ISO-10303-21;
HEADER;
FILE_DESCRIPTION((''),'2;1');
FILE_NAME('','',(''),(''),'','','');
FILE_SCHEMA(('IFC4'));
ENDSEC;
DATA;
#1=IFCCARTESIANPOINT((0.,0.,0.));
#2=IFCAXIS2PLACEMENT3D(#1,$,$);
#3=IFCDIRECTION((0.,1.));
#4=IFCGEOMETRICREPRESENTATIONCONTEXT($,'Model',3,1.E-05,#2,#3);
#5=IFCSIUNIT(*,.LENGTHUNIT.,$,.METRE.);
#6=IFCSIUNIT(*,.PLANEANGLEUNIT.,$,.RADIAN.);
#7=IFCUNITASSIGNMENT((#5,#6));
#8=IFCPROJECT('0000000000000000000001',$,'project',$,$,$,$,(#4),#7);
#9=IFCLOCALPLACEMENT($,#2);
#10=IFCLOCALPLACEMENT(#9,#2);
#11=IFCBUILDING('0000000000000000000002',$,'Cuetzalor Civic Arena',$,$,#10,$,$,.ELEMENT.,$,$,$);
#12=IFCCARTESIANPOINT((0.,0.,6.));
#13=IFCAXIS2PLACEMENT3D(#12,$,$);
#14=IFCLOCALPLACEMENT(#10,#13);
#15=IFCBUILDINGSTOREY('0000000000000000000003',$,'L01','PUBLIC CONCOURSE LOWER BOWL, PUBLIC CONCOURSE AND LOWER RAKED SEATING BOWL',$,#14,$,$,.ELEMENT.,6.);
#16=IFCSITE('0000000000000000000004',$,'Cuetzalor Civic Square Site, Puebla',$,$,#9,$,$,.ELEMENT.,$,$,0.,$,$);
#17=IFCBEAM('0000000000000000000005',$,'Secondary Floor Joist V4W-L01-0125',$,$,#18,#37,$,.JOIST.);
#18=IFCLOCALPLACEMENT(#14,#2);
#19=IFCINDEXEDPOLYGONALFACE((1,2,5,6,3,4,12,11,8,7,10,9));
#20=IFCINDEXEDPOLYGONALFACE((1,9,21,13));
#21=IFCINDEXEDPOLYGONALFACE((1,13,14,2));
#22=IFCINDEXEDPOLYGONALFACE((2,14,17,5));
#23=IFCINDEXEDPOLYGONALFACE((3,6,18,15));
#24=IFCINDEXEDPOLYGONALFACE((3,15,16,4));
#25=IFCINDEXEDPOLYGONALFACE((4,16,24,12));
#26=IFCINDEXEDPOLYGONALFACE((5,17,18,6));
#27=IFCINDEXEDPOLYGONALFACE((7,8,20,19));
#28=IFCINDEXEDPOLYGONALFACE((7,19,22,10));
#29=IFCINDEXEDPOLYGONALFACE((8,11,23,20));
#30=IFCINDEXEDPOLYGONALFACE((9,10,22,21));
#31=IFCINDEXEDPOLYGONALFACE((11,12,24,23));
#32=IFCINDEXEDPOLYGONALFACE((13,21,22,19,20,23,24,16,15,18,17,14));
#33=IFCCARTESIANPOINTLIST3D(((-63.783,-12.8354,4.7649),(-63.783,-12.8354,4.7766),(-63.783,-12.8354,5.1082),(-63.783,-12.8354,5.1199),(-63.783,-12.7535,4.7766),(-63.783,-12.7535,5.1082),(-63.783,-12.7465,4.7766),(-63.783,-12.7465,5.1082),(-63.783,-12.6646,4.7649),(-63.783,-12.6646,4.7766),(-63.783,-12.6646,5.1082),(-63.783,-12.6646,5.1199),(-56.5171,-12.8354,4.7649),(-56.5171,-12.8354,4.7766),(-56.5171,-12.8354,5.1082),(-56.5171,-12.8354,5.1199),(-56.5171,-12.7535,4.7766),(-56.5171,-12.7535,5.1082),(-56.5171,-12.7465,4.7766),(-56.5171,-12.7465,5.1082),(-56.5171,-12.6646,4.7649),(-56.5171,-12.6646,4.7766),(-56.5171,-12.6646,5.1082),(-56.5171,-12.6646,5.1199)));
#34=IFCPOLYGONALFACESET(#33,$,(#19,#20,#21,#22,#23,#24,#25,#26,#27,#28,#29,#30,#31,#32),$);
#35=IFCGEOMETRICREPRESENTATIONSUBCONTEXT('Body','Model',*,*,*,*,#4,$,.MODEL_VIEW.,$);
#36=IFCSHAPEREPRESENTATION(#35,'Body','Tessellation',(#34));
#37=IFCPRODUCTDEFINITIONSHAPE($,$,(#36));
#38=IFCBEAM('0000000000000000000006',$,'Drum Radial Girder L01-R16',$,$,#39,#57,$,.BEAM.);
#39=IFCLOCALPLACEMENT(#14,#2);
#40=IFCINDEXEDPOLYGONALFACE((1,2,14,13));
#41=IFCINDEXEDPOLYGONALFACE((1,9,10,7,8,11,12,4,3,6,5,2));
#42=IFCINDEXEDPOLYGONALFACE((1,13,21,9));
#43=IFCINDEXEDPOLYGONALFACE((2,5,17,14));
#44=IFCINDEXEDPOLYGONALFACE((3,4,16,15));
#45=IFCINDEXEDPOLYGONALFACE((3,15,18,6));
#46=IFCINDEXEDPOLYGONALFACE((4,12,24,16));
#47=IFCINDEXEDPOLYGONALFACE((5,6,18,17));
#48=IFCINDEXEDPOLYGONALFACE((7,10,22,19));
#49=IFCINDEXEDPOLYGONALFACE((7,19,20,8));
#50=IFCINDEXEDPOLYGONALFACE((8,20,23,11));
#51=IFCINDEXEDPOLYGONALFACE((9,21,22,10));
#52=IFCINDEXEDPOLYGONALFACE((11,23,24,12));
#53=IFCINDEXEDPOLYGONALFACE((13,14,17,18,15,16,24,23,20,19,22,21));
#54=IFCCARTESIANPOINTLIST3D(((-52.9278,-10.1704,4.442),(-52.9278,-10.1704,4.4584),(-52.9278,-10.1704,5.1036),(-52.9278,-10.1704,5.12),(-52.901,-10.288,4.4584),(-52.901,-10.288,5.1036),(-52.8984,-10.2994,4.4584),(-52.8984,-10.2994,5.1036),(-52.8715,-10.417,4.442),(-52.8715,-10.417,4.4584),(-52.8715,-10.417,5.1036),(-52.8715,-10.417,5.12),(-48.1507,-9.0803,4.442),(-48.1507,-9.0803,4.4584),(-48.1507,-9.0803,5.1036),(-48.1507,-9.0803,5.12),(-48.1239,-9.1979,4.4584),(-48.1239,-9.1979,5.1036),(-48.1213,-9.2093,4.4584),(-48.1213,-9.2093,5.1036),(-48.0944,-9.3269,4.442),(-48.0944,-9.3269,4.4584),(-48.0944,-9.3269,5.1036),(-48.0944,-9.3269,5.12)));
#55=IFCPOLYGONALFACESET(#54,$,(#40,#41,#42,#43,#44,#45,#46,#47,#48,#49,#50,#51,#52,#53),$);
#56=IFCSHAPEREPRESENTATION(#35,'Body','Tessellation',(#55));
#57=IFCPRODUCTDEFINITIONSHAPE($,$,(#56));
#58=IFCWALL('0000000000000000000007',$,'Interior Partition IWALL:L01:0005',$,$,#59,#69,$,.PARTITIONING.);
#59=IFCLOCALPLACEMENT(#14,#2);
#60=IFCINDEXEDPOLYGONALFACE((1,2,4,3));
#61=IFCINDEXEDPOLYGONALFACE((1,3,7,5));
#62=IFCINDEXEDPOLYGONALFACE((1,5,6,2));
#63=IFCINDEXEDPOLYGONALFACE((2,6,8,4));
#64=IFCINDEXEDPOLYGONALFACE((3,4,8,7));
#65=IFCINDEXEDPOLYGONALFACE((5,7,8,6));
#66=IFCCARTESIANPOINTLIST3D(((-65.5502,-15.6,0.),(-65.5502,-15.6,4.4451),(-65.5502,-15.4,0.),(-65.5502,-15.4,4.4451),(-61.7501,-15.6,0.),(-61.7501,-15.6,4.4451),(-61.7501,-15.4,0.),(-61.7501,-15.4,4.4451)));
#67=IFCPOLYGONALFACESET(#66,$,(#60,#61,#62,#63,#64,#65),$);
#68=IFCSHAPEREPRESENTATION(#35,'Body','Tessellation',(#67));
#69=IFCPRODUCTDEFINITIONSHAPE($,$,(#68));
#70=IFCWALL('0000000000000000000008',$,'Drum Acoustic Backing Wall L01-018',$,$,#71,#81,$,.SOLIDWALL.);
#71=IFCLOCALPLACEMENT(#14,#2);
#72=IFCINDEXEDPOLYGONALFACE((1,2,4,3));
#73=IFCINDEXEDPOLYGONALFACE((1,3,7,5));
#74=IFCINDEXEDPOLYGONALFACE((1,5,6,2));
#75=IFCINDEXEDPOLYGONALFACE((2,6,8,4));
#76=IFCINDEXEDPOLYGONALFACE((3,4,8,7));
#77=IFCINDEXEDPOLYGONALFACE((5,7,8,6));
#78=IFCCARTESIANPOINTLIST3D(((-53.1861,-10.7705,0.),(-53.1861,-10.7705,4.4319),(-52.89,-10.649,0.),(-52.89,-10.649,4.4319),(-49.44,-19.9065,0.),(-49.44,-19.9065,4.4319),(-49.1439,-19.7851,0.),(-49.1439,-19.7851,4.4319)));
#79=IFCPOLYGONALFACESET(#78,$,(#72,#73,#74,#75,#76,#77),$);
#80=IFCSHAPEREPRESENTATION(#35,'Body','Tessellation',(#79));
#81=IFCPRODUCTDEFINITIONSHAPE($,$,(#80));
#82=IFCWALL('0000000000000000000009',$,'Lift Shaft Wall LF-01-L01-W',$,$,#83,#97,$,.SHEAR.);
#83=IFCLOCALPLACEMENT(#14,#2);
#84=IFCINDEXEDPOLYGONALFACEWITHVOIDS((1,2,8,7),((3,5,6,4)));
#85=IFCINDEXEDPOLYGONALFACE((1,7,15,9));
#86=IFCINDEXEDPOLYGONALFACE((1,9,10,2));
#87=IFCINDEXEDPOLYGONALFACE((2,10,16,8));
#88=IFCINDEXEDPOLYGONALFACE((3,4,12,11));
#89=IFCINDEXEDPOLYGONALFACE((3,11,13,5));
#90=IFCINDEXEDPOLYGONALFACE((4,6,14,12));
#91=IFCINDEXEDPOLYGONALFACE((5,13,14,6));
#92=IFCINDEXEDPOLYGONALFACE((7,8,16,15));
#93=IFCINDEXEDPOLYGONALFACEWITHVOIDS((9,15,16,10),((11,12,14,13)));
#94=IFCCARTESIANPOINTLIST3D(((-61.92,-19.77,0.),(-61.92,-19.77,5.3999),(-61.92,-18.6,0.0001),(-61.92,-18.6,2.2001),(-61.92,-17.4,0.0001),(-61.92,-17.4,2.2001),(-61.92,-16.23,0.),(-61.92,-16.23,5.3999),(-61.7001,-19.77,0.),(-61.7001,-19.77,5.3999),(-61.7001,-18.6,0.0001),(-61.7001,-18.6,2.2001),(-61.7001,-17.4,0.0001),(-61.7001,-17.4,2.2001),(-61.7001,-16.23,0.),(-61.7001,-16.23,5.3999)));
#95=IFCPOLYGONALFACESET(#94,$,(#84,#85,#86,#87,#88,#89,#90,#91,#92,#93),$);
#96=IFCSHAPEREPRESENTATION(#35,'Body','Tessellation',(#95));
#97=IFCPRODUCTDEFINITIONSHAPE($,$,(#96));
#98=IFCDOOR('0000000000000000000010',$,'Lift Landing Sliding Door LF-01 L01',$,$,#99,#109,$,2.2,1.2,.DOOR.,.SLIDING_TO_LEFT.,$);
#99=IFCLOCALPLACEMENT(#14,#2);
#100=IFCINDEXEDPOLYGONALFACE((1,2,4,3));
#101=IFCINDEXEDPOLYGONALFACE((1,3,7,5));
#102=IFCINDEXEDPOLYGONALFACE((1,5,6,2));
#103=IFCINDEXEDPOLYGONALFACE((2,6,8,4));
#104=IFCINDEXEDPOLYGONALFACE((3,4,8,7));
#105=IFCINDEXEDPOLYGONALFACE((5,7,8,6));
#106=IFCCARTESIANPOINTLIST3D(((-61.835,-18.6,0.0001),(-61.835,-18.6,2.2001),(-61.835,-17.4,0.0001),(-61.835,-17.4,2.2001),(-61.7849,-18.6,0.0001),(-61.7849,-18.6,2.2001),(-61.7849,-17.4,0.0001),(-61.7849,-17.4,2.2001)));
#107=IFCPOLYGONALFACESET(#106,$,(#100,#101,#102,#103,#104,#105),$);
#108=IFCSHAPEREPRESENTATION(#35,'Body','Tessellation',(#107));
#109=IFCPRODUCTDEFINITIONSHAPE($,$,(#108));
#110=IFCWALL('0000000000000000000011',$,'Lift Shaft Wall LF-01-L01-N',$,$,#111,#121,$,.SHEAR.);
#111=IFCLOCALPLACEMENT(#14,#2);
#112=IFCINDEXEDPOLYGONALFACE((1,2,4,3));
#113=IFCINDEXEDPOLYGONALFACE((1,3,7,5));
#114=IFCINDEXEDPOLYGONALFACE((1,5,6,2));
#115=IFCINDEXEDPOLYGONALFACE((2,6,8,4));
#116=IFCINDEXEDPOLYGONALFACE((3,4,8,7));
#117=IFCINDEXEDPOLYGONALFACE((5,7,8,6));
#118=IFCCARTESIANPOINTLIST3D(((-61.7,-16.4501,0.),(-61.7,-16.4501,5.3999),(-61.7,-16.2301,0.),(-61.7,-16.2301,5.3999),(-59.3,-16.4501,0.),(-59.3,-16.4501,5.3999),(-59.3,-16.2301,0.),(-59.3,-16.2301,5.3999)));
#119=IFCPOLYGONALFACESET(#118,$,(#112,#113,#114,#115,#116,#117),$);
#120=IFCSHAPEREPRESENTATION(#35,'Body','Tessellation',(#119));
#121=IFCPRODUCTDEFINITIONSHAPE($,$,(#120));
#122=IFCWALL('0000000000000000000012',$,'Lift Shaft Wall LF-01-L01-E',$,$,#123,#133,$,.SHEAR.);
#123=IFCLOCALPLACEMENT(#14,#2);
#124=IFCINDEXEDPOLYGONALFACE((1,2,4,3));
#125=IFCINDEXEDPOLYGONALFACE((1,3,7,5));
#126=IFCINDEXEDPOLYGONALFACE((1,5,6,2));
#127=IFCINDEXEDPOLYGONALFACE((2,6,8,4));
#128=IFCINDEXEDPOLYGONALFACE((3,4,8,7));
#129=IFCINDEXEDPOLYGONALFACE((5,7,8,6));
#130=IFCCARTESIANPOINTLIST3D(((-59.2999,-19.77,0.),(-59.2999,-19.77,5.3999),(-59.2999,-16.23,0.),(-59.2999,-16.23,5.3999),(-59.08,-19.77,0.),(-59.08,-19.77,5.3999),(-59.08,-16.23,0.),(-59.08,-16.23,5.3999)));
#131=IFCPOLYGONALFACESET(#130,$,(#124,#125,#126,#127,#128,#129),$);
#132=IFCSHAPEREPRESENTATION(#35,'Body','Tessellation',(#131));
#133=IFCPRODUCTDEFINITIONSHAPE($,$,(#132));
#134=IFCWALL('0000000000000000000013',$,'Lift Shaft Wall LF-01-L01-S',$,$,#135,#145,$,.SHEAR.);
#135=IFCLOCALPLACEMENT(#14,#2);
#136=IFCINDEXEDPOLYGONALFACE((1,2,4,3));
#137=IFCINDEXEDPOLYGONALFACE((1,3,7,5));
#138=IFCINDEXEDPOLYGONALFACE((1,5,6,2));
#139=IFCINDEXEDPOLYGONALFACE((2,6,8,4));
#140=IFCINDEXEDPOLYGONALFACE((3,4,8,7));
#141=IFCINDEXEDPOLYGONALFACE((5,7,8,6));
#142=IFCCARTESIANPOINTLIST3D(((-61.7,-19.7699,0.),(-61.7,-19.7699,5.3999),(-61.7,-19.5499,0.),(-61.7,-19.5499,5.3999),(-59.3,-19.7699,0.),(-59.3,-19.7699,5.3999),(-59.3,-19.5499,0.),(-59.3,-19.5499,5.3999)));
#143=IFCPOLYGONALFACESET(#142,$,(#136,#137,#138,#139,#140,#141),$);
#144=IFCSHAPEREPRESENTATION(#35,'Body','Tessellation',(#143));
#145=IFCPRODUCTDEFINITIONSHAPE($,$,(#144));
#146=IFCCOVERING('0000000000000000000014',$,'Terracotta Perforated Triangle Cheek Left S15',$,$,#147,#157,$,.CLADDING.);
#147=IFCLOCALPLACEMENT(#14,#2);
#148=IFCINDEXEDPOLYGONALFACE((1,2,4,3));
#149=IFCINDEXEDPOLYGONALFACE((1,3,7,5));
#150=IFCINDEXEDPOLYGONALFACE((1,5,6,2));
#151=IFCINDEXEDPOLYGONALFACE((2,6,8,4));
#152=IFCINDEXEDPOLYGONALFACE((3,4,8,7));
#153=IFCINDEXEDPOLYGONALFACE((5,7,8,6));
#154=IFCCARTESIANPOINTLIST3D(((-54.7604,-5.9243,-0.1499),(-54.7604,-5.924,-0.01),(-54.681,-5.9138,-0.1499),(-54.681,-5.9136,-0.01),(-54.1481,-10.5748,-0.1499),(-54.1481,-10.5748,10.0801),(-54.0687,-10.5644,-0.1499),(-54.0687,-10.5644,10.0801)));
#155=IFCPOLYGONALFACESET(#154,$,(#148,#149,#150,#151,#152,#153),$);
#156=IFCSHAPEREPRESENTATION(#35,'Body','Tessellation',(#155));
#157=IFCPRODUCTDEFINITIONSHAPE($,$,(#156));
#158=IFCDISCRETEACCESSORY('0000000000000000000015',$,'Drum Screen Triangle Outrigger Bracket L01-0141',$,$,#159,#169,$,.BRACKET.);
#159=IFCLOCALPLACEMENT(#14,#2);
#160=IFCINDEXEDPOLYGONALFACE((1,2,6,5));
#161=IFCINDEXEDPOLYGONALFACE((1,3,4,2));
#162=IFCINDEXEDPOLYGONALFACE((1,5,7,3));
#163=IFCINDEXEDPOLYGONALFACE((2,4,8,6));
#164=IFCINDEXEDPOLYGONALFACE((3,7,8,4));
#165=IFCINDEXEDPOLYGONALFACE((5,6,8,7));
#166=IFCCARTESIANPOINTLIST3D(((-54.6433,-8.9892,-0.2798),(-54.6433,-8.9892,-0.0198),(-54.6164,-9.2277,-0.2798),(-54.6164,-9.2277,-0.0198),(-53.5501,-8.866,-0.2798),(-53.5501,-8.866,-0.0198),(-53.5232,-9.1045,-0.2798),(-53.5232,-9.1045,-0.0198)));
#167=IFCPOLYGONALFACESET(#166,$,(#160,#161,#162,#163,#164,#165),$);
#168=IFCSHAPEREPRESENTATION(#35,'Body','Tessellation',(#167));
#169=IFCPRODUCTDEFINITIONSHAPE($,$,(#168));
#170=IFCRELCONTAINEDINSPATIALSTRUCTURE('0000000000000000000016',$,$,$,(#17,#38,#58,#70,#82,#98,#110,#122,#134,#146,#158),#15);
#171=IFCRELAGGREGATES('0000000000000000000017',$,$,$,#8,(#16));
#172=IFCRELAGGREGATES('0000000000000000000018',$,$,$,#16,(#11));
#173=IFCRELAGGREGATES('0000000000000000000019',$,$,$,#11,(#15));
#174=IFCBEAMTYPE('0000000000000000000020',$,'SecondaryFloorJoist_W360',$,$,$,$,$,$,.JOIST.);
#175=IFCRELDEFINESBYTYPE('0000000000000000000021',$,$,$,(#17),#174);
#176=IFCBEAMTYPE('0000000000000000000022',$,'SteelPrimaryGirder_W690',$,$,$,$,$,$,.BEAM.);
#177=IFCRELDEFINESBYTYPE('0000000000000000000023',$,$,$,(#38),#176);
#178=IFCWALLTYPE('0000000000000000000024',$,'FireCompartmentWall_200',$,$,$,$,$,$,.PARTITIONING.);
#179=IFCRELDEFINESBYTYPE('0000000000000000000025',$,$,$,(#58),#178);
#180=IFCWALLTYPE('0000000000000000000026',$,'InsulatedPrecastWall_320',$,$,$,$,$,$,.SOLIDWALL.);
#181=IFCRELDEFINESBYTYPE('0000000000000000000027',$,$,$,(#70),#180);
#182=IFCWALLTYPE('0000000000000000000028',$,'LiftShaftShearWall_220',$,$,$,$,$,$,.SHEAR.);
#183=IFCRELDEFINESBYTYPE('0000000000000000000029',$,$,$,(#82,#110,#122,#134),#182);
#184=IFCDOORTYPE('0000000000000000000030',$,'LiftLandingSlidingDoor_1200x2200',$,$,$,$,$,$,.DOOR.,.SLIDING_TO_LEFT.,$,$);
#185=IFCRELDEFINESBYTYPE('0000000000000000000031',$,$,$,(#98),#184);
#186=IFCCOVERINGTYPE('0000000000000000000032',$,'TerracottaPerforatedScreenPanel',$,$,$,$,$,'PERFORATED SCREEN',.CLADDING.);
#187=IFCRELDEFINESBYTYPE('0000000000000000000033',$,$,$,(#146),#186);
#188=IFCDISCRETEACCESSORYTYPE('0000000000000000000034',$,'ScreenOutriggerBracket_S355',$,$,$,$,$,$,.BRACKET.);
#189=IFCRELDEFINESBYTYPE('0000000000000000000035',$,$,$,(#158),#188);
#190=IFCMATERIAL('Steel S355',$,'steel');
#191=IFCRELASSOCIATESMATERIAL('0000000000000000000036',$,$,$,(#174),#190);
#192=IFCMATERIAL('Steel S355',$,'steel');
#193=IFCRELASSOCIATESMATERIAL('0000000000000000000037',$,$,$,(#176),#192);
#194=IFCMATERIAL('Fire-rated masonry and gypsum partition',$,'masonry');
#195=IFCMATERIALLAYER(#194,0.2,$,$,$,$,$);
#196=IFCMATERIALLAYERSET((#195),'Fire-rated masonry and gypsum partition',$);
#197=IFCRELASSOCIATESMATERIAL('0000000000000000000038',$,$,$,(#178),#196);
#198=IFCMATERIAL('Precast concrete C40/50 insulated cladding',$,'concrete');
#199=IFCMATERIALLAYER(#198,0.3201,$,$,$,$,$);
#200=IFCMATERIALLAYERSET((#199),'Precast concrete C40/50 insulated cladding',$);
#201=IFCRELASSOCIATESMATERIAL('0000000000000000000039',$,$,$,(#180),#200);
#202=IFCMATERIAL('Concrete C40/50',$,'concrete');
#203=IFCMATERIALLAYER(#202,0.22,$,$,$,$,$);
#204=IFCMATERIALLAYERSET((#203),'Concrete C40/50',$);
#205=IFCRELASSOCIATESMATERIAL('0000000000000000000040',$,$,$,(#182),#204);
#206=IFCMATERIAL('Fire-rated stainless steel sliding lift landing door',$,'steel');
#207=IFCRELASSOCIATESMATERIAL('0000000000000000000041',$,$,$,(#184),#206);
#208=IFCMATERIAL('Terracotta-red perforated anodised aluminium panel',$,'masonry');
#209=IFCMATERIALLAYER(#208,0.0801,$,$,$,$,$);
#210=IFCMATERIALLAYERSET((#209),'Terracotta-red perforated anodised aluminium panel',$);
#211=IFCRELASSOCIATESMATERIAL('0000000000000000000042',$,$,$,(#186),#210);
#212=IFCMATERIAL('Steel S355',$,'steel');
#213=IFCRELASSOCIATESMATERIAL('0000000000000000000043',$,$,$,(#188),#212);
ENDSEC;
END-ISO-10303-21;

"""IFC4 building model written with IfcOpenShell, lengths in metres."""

from ifc_helpers import new_model, si_unit, direction, frame, frame_2d, origin, origin_2d, place, context, subcontext, project, spatial, polyline, rectangle, i_section, outline, extrude, material, layer, layer_set, material_profile, profile_set, type_object, element, fill, save


model = new_model("IFC4")

# Units and contexts
model_context = context("Model", 3, precision=1e-05, world=origin(), true_north=direction((0.0, 1.0)))
body_context = subcontext(model_context, "Body", "Model", "MODEL_VIEW")
ifc_project = project(units=[si_unit("LENGTHUNIT", "METRE"), si_unit("PLANEANGLEUNIT", "RADIAN")], contexts=[model_context])

# Site, building, storey
site_placement = place(None, origin())
site = spatial("IfcSite", under=ifc_project, at=site_placement, Name="Cuetzalor Civic Square Site, Puebla", CompositionType="ELEMENT", RefElevation=0.0)
building_placement = place(site_placement, origin())
building = spatial("IfcBuilding", under=site, at=building_placement, Name="Cuetzalor Civic Arena", CompositionType="ELEMENT")
storey_placement = place(building_placement, frame((0.0, 0.0, 6.0)))
storey = spatial("IfcBuildingStorey", under=building, at=storey_placement, Name="L01", Description="PUBLIC CONCOURSE LOWER BOWL, PUBLIC CONCOURSE AND LOWER RAKED SEATING BOWL", CompositionType="ELEMENT", Elevation=6.0)

# Beams
ifc_material_1 = material(Name="Steel S355", Category="steel")
ifc_material_profile_1 = material_profile(ifc_material_1, i_section(OverallWidth=0.1709, OverallDepth=0.355, WebThickness=0.0071, FlangeThickness=0.0117, at=origin_2d()), Name="W360x51")
ifc_profile_set_1 = profile_set([ifc_material_profile_1], Name="Steel S355")
beam_type_1 = type_object("IfcBeamType", Name="SecondaryFloorJoist_W360", PredefinedType="JOIST", material=ifc_profile_set_1)
beam_1_placement = place(storey_placement, frame((-63.783, -12.75, 4.9424), z_axis=(1.0, 0.0, 0.0), x_axis=(0.0, 1.0, 0.0)))
element("IfcBeam", 1, at=beam_1_placement, inside=storey, type_object=beam_type_1, Name="Secondary Floor Joist V4W-L01-0125", PredefinedType="JOIST", context=body_context, shape_type="SweptSolid", body=[
    extrude(i_section(OverallWidth=0.1709, OverallDepth=0.355, WebThickness=0.0071, FlangeThickness=0.0117, at=origin_2d()), origin(), (0.0, 0.0, 1.0), 7.2659),
])
ifc_material_2 = material(Name="Steel S355", Category="steel")
ifc_material_profile_2 = material_profile(ifc_material_2, i_section(OverallWidth=0.2529, OverallDepth=0.678, WebThickness=0.0117, FlangeThickness=0.0164, at=origin_2d()), Name="W690x125")
ifc_profile_set_2 = profile_set([ifc_material_profile_2], Name="Steel S355")
beam_type_2 = type_object("IfcBeamType", Name="SteelPrimaryGirder_W690", PredefinedType="BEAM", material=ifc_profile_set_2)
beam_2_placement = place(storey_placement, frame((-48.1226, -9.2036, 4.781), z_axis=(-0.974939, -0.222472, 0.0), x_axis=(0.222472, -0.974939, 0.0)))
element("IfcBeam", 2, at=beam_2_placement, inside=storey, type_object=beam_type_2, Name="Drum Radial Girder L01-R16", PredefinedType="BEAM", context=body_context, shape_type="SweptSolid", body=[
    extrude(i_section(OverallWidth=0.2529, OverallDepth=0.678, WebThickness=0.0117, FlangeThickness=0.0164, at=origin_2d()), origin(), (0.0, 0.0, 1.0), 4.8999),
])

# Wall
ifc_material_3 = material(Name="Fire-rated masonry and gypsum partition", Category="masonry")
ifc_layer_1 = layer(ifc_material_3, 0.2)
ifc_layer_set_1 = layer_set([ifc_layer_1], Name="Fire-rated masonry and gypsum partition")
wall_type_1 = type_object("IfcWallType", Name="FireCompartmentWall_200", PredefinedType="PARTITIONING", material=ifc_layer_set_1)
wall_1_placement = place(storey_placement, frame((-65.55, -15.5, 0.0), z_axis=(0.0, 0.0, 1.0), x_axis=(1.0, 0.0, 0.0)))
element("IfcWall", 3, at=wall_1_placement, inside=storey, type_object=wall_type_1, Name="Interior Partition IWALL:L01:0005", PredefinedType="PARTITIONING", context=body_context, shape_type="SweptSolid", body=[
    extrude(rectangle(XDim=3.8, YDim=0.2, at=frame_2d((1.8999, 0.0))), origin(), (0.0, 0.0, 1.0), 4.4451),
])

# Shared definitions
ifc_material_4 = material(Name="Precast concrete C40/50 insulated cladding", Category="concrete")
ifc_layer_2 = layer(ifc_material_4, 0.3201)
ifc_layer_set_2 = layer_set([ifc_layer_2], Name="Precast concrete C40/50 insulated cladding")
wall_type_2 = type_object("IfcWallType", Name="InsulatedPrecastWall_320", PredefinedType="SOLIDWALL", material=ifc_layer_set_2)

# Wall
wall_2_placement = place(storey_placement, frame((-49.292, -19.8457, 0.0), z_axis=(0.0, 0.0, 1.0), x_axis=(-0.379383, 0.92524, 0.0)))
element("IfcWall", 4, at=wall_2_placement, inside=storey, type_object=wall_type_2, Name="Drum Acoustic Backing Wall L01-018", PredefinedType="SOLIDWALL", context=body_context, shape_type="SweptSolid", body=[
    extrude(rectangle(XDim=9.8743, YDim=0.3201, at=frame_2d((4.937, 0.0))), origin(), (0.0, 0.0, 1.0), 4.4319),
])

# Wall, opening, door
ifc_material_5 = material(Name="Concrete C40/50", Category="concrete")
ifc_layer_3 = layer(ifc_material_5, 0.22)
ifc_layer_set_3 = layer_set([ifc_layer_3], Name="Concrete C40/50")
wall_type_3 = type_object("IfcWallType", Name="LiftShaftShearWall_220", PredefinedType="SHEAR", material=ifc_layer_set_3)
wall_3_placement = place(storey_placement, frame((-61.8101, -19.77, 0.0), z_axis=(0.0, 0.0, 1.0), x_axis=(0.0, 1.0, 0.0)))
wall_3 = element("IfcWall", 5, at=wall_3_placement, inside=storey, type_object=wall_type_3, Name="Lift Shaft Wall LF-01-L01-W", PredefinedType="SHEAR", context=body_context, shape_type="SweptSolid", body=[
    extrude(rectangle(XDim=3.54, YDim=0.22, at=frame_2d((1.77, 0.0))), origin(), (0.0, 0.0, 1.0), 5.3999),
])
opening_1_placement = place(wall_3_placement, frame((1.1699, 0.0, 0.0)))
opening_1 = element("IfcOpeningElement", 6, at=opening_1_placement, cuts=wall_3, PredefinedType="OPENING", context=body_context, shape_type="SweptSolid", body=[
    extrude(rectangle(XDim=1.2, YDim=2.2, at=frame_2d((0.6001, 1.1001))), frame((0.0, 0.1201, 0.0), z_axis=(0.0, -1.0, 0.0), x_axis=(1.0, 0.0, 0.0)), (0.0, 0.0, 1.0), 0.24),
])
ifc_material_6 = material(Name="Fire-rated stainless steel sliding lift landing door", Category="steel")
door_type_1 = type_object("IfcDoorType", Name="LiftLandingSlidingDoor_1200x2200", OperationType="SLIDING_TO_LEFT", PredefinedType="DOOR", material=ifc_material_6)
door_1_placement = place(opening_1_placement, origin())
door_1 = element("IfcDoor", 7, at=door_1_placement, inside=storey, type_object=door_type_1, Name="Lift Landing Sliding Door LF-01 L01", OperationType="SLIDING_TO_LEFT", OverallHeight=2.2, OverallWidth=1.2, PredefinedType="DOOR", context=body_context, shape_type="SweptSolid", body=[
    extrude(rectangle(XDim=1.2, YDim=2.2, at=frame_2d((0.6001, 1.1001))), frame((0.0, 0.0249, 0.0), z_axis=(0.0, -1.0, 0.0), x_axis=(1.0, 0.0, 0.0)), (0.0, 0.0, 1.0), 0.05),
])
fill(opening_1, door_1)

# Walls
wall_4_placement = place(storey_placement, frame((-61.7, -16.3401, 0.0), z_axis=(0.0, 0.0, 1.0), x_axis=(1.0, 0.0, 0.0)))
element("IfcWall", 8, at=wall_4_placement, inside=storey, type_object=wall_type_3, Name="Lift Shaft Wall LF-01-L01-N", PredefinedType="SHEAR", context=body_context, shape_type="SweptSolid", body=[
    extrude(rectangle(XDim=2.3999, YDim=0.22, at=frame_2d((1.2, 0.0))), origin(), (0.0, 0.0, 1.0), 5.3999),
])
wall_5_placement = place(storey_placement, frame((-59.1899, -16.23, 0.0), z_axis=(0.0, 0.0, 1.0), x_axis=(0.0, -1.0, 0.0)))
element("IfcWall", 9, at=wall_5_placement, inside=storey, type_object=wall_type_3, Name="Lift Shaft Wall LF-01-L01-E", PredefinedType="SHEAR", context=body_context, shape_type="SweptSolid", body=[
    extrude(rectangle(XDim=3.54, YDim=0.22, at=frame_2d((1.77, 0.0))), origin(), (0.0, 0.0, 1.0), 5.3999),
])
wall_6_placement = place(storey_placement, frame((-59.3, -19.6599, 0.0), z_axis=(0.0, 0.0, 1.0), x_axis=(-1.0, 0.0, 0.0)))
element("IfcWall", 10, at=wall_6_placement, inside=storey, type_object=wall_type_3, Name="Lift Shaft Wall LF-01-L01-S", PredefinedType="SHEAR", context=body_context, shape_type="SweptSolid", body=[
    extrude(rectangle(XDim=2.3999, YDim=0.22, at=frame_2d((1.2, 0.0))), origin(), (0.0, 0.0, 1.0), 5.3999),
])

# Covering
ifc_material_7 = material(Name="Terracotta-red perforated anodised aluminium panel", Category="masonry")
ifc_layer_4 = layer(ifc_material_7, 0.0801)
ifc_layer_set_4 = layer_set([ifc_layer_4], Name="Terracotta-red perforated anodised aluminium panel")
covering_type = type_object("IfcCoveringType", Name="TerracottaPerforatedScreenPanel", ElementType="PERFORATED SCREEN", PredefinedType="CLADDING", material=ifc_layer_set_4)
covering_placement = place(storey_placement, frame((-54.1084, -10.5696, -0.1499), z_axis=(0.0, 0.0, 1.0), x_axis=(-0.130534, 0.991444, 0.0)))
element("IfcCovering", 11, at=covering_placement, inside=storey, type_object=covering_type, Name="Terracotta Perforated Triangle Cheek Left S15", PredefinedType="CLADDING", context=body_context, shape_type="SweptSolid", body=[
    extrude(outline(polyline([(0.0, 0.0), (4.6907, 0.0), (4.6909, 0.1399), (0.0, 10.23), (0.0, 0.0)])), frame((0.0, 0.04, 0.0), z_axis=(0.0, -1.0, 0.0), x_axis=(1.0, 0.0, 0.0)), (0.0, 0.0, 1.0), 0.0801),
])

# Discrete accessory
ifc_material_8 = material(Name="Steel S355", Category="steel")
discrete_accessory_type = type_object("IfcDiscreteAccessoryType", Name="ScreenOutriggerBracket_S355", PredefinedType="BRACKET", material=ifc_material_8)
for number, where, z_axis, x_axis, name in (
    (12, (-54.0833, -9.0469, -0.2798), (0.0, 0.0, 1.0), (-0.993709, -0.111989, 0.0), "Drum Screen Triangle Outrigger Bracket L01-0141"),
):
    element("IfcDiscreteAccessory", number, at=place(storey_placement, frame(where, z_axis=z_axis, x_axis=x_axis)), inside=storey, type_object=discrete_accessory_type, Name=name, PredefinedType="BRACKET", context=body_context, shape_type="SweptSolid", body=[
        extrude(rectangle(XDim=1.1001, YDim=0.24, at=origin_2d()), origin(), (0.0, 0.0, 1.0), 0.26),
    ])

save(model, "model.ifc")
